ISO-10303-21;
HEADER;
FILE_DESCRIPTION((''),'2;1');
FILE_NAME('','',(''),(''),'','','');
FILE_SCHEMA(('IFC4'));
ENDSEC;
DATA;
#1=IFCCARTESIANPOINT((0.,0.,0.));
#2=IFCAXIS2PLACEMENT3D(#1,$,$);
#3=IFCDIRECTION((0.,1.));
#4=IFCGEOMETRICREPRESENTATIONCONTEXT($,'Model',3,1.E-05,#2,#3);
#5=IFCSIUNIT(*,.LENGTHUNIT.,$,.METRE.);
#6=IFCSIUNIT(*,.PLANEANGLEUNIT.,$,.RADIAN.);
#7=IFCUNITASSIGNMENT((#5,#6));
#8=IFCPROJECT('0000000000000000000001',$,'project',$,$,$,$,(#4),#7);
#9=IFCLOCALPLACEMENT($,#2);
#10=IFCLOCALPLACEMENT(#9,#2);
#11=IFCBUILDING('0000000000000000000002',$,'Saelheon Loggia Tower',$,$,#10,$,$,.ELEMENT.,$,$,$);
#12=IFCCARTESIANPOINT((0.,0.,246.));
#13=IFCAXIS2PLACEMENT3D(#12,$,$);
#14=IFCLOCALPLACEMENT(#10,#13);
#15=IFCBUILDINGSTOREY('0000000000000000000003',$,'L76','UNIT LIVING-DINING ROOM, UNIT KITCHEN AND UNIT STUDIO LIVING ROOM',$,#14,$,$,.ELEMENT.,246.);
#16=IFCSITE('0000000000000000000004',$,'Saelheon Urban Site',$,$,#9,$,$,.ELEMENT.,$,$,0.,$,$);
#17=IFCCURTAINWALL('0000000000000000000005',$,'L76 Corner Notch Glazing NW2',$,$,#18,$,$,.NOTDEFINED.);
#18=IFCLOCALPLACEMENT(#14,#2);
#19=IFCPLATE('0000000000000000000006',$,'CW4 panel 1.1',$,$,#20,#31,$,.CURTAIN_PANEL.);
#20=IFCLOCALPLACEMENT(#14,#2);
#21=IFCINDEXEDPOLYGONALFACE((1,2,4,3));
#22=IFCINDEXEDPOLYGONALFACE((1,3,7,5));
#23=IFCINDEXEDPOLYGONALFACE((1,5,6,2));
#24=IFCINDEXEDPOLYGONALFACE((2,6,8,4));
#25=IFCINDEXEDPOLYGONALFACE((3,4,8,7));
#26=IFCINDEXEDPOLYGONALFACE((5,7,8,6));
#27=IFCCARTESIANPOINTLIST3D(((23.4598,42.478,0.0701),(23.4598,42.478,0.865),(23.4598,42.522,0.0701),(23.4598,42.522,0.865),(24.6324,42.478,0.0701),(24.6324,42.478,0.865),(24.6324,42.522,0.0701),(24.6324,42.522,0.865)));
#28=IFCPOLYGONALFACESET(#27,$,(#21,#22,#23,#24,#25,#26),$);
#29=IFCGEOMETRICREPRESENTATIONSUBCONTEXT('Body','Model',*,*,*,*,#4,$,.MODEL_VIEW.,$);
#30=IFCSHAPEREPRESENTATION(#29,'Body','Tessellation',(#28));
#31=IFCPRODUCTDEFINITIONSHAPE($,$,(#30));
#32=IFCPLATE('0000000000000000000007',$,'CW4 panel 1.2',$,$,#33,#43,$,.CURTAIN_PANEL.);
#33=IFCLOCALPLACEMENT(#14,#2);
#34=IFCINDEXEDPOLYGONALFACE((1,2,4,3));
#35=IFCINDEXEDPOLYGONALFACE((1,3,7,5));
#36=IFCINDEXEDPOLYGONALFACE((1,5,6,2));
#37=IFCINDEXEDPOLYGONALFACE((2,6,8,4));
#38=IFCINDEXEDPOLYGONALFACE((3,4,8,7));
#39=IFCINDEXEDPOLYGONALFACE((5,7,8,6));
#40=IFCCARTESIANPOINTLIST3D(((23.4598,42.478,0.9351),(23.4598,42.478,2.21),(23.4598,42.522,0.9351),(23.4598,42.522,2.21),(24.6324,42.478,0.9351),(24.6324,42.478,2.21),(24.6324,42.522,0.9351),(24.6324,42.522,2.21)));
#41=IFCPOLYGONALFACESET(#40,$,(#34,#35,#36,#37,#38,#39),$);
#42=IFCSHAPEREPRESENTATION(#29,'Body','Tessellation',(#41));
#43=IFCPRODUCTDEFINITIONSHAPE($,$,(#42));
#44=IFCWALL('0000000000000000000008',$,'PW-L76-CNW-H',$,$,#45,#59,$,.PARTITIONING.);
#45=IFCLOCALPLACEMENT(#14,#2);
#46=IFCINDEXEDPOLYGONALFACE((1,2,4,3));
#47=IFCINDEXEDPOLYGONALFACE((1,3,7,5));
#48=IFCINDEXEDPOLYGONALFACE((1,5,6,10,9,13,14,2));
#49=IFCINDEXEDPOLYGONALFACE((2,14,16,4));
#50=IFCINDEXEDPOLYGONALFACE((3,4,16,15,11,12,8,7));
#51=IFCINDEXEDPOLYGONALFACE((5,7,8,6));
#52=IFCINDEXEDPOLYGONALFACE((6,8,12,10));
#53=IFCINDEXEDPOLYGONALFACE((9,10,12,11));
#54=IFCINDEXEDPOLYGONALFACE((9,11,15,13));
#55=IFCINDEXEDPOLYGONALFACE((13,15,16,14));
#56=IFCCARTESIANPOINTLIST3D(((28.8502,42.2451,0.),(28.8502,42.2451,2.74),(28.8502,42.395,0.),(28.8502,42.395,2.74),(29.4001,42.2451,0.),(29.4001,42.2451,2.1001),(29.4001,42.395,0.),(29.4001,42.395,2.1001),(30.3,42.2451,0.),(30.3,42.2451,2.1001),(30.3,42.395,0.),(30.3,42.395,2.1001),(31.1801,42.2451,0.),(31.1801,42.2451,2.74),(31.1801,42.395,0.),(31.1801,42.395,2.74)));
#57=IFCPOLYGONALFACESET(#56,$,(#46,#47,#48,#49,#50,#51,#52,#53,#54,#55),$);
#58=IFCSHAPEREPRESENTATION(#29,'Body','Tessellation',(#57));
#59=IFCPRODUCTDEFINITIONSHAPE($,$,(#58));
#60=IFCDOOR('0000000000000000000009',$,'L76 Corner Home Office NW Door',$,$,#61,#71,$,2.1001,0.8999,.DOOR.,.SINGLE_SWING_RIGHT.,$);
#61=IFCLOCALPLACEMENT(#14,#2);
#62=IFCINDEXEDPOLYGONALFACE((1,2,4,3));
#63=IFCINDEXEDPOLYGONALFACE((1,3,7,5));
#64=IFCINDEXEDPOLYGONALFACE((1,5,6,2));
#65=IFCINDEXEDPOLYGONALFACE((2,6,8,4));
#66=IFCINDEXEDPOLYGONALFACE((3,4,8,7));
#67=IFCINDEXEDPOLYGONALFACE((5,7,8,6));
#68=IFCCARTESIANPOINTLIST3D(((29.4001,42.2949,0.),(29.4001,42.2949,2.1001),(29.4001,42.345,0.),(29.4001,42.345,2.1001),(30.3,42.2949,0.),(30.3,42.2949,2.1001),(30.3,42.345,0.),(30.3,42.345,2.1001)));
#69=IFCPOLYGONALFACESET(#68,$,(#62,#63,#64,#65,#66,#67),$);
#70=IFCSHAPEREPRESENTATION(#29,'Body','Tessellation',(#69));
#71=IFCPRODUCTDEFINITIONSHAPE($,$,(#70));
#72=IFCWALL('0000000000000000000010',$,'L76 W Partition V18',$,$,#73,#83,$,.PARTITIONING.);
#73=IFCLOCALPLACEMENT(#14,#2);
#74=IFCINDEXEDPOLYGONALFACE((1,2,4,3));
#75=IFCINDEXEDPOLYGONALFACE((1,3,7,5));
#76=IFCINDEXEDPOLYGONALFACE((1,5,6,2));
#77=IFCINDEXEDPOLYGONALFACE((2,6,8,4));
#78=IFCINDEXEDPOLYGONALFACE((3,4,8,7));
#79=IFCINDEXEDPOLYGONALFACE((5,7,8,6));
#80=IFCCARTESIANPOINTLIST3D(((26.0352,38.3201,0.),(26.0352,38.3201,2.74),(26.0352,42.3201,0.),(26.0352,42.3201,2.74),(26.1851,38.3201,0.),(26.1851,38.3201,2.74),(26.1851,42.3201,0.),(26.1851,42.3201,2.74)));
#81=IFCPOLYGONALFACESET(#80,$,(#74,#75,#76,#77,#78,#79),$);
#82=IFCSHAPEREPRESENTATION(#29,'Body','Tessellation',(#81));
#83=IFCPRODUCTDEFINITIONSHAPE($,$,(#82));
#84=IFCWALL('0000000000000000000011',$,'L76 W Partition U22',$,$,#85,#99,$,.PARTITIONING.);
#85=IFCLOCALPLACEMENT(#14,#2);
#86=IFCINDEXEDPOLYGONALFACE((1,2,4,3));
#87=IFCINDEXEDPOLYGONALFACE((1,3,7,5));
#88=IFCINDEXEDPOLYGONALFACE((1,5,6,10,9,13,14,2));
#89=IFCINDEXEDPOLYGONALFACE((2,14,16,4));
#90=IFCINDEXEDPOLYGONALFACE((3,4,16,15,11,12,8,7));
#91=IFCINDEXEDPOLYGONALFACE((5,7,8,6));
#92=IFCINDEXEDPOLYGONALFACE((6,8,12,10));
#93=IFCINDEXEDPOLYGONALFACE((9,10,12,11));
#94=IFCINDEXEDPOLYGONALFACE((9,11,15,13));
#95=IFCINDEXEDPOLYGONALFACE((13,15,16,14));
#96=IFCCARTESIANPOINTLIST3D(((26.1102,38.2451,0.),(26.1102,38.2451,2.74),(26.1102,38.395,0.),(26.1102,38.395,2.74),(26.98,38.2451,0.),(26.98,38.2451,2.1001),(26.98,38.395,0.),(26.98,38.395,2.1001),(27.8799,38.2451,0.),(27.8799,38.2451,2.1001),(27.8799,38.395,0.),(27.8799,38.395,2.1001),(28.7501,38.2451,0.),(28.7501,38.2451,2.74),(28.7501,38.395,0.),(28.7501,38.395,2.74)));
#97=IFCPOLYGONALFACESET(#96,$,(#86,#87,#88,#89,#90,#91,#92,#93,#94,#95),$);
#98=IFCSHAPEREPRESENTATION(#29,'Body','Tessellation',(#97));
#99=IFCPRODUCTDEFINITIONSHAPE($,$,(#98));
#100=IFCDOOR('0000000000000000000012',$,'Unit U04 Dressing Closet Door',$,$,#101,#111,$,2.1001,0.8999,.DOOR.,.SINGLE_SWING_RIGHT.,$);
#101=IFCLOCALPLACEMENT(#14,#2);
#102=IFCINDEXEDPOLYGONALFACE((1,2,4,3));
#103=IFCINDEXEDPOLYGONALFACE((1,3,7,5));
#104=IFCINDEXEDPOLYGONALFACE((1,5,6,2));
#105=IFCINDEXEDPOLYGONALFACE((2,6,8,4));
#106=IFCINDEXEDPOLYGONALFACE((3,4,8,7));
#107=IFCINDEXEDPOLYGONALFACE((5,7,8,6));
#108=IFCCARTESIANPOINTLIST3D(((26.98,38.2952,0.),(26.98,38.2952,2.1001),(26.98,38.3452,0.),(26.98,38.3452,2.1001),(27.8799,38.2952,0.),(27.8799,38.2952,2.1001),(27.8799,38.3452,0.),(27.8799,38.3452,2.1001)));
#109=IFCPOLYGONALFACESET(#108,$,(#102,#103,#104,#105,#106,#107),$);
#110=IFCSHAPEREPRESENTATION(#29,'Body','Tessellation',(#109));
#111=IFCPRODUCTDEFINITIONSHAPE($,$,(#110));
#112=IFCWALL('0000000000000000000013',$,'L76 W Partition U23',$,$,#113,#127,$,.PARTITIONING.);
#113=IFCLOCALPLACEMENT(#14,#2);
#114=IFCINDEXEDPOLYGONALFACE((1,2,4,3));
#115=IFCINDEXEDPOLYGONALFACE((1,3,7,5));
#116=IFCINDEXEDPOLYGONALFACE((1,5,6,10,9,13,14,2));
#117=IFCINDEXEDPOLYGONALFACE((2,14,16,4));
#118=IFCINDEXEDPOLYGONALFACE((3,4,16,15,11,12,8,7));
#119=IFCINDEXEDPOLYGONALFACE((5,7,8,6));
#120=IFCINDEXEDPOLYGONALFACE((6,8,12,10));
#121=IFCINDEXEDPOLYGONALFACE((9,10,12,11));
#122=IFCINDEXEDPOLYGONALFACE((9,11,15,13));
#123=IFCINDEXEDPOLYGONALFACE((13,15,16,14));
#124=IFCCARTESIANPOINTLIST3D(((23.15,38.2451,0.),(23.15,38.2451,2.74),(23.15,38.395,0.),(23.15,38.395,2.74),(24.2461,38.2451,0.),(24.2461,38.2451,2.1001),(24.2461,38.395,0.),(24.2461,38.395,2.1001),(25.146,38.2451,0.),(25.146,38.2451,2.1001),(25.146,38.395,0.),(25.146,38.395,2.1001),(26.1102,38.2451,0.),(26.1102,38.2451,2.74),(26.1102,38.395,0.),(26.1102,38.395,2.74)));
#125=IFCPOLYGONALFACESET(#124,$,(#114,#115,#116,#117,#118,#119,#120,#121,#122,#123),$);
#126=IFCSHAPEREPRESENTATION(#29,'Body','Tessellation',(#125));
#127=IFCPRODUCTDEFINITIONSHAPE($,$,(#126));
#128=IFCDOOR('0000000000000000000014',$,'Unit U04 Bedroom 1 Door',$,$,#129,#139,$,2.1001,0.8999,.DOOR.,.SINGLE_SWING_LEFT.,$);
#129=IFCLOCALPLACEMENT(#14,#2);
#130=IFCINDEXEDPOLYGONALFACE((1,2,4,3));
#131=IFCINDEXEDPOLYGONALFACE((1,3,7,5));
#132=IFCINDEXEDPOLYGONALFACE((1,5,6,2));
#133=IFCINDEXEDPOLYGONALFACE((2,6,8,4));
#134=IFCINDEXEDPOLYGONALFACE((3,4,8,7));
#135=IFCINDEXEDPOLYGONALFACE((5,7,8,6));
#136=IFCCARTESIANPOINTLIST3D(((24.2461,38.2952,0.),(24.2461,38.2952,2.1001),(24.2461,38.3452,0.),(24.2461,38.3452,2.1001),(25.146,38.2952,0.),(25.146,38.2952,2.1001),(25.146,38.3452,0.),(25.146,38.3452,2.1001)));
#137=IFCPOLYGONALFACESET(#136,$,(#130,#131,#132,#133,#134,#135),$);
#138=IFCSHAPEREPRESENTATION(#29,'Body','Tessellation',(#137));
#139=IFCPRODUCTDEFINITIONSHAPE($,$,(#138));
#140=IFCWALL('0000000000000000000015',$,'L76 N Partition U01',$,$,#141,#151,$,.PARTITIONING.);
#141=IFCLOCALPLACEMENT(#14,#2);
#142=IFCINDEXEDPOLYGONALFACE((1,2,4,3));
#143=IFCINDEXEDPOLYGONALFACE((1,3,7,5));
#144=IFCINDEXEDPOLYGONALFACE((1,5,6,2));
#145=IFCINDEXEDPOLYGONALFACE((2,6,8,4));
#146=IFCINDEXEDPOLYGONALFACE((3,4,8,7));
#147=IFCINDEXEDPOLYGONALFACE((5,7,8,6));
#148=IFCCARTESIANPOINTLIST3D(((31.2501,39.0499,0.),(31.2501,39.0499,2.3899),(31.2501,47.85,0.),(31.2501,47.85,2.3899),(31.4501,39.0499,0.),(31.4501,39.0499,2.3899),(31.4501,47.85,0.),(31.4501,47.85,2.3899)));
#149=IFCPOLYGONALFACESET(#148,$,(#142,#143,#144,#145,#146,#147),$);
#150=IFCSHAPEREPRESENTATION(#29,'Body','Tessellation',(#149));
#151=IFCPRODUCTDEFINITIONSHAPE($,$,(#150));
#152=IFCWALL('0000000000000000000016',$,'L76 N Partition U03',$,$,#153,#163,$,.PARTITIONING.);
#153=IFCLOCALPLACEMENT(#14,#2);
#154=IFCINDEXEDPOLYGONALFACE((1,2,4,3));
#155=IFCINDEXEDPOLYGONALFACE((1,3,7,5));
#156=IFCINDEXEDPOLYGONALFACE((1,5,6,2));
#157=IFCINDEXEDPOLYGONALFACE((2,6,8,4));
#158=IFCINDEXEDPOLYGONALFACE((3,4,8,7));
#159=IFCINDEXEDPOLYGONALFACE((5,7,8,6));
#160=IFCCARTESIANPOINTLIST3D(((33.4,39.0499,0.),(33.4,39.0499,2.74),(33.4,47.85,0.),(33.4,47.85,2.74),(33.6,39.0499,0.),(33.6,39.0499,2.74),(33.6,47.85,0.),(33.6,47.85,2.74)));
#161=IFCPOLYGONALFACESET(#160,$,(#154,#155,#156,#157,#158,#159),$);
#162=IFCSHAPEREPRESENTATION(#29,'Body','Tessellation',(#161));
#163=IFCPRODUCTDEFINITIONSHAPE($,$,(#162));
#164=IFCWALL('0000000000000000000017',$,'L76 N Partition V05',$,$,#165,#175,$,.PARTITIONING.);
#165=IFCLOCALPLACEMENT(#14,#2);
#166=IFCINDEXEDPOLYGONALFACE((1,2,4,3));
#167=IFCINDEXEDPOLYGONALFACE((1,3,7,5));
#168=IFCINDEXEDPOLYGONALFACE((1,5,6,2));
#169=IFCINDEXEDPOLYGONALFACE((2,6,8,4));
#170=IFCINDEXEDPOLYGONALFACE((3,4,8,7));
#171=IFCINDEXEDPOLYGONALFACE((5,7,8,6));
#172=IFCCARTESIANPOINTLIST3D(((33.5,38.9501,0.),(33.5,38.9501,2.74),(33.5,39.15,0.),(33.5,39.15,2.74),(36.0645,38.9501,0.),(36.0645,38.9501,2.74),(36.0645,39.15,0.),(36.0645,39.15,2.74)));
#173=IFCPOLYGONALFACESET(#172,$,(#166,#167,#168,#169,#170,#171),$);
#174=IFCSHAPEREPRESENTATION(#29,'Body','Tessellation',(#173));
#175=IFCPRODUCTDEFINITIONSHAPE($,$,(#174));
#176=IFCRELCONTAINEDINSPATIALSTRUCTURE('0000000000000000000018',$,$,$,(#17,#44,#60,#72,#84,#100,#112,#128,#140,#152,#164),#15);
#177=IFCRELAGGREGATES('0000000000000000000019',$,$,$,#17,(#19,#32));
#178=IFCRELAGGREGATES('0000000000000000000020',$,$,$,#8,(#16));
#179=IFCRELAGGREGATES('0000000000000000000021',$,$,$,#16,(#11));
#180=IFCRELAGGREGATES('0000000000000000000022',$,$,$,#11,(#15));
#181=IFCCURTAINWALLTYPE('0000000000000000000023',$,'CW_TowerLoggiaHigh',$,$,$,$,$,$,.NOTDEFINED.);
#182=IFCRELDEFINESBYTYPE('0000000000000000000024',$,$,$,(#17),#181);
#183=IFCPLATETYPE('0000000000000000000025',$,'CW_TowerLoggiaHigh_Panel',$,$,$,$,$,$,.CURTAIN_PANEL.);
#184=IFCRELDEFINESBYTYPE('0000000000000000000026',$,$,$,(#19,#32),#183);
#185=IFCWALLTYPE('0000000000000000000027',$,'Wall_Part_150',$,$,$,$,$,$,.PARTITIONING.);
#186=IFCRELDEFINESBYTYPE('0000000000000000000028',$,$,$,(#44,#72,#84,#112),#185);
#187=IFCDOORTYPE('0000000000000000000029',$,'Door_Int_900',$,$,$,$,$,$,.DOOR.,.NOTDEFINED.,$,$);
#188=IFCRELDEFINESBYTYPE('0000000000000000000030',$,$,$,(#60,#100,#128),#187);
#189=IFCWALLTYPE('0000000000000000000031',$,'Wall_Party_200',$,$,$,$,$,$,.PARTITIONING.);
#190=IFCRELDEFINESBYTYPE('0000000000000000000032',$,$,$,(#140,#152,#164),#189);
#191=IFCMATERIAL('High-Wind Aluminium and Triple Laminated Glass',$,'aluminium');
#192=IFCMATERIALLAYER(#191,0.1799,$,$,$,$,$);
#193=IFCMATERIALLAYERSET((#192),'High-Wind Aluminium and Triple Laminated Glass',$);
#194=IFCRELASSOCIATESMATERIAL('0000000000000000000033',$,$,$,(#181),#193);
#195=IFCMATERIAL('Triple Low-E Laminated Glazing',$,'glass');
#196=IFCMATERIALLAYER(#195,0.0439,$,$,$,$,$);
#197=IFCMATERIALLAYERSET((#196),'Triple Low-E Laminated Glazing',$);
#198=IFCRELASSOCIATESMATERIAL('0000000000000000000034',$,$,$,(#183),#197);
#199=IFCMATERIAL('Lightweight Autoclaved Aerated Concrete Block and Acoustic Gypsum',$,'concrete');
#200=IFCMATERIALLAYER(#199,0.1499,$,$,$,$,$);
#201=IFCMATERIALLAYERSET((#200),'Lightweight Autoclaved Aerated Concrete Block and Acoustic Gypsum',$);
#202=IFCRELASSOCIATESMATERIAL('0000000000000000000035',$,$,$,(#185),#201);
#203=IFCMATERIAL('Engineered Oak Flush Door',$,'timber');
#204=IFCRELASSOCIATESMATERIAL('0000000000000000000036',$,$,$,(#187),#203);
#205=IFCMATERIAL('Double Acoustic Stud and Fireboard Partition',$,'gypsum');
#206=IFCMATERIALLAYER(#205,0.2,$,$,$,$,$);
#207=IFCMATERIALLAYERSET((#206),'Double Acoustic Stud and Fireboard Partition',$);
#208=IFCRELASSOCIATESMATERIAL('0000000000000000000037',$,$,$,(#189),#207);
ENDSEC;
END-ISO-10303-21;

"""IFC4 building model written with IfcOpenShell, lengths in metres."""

from ifc_helpers import new_model, si_unit, direction, frame, frame_2d, origin, origin_2d, place, context, subcontext, project, spatial, rectangle, extrude, source, transform, mapped, material, layer, layer_set, type_object, element, fill, aggregate, save


model = new_model("IFC4")

# Units and contexts
model_context = context("Model", 3, precision=1e-05, world=origin(), true_north=direction((0.0, 1.0)))
body_context = subcontext(model_context, "Body", "Model", "MODEL_VIEW")
ifc_project = project(units=[si_unit("LENGTHUNIT", "METRE"), si_unit("PLANEANGLEUNIT", "RADIAN")], contexts=[model_context])

# Site, building, storey
site_placement = place(None, origin())
site = spatial("IfcSite", under=ifc_project, at=site_placement, Name="Saelheon Urban Site", CompositionType="ELEMENT", RefElevation=0.0)
building_placement = place(site_placement, origin())
building = spatial("IfcBuilding", under=site, at=building_placement, Name="Saelheon Loggia Tower", CompositionType="ELEMENT")
storey_placement = place(building_placement, frame((0.0, 0.0, 246.0)))
storey = spatial("IfcBuildingStorey", under=building, at=storey_placement, Name="L76", Description="UNIT LIVING-DINING ROOM, UNIT KITCHEN AND UNIT STUDIO LIVING ROOM", CompositionType="ELEMENT", Elevation=246.0)

# Curtain wall, plates
ifc_material_1 = material(Name="High-Wind Aluminium and Triple Laminated Glass", Category="aluminium")
ifc_layer_1 = layer(ifc_material_1, 0.1799)
ifc_layer_set_1 = layer_set([ifc_layer_1], Name="High-Wind Aluminium and Triple Laminated Glass")
curtain_wall_type = type_object("IfcCurtainWallType", Name="CW_TowerLoggiaHigh", PredefinedType="NOTDEFINED", material=ifc_layer_set_1)
curtain_wall_placement = place(storey_placement, origin())
curtain_wall = element("IfcCurtainWall", 1, at=curtain_wall_placement, inside=storey, type_object=curtain_wall_type, Name="L76 Corner Notch Glazing NW2", PredefinedType="NOTDEFINED")
ifc_material_2 = material(Name="Triple Low-E Laminated Glazing", Category="glass")
ifc_layer_2 = layer(ifc_material_2, 0.0439)
ifc_layer_set_2 = layer_set([ifc_layer_2], Name="Triple Low-E Laminated Glazing")
plate_type = type_object("IfcPlateType", Name="CW_TowerLoggiaHigh_Panel", PredefinedType="CURTAIN_PANEL", material=ifc_layer_set_2)
shared_shape_1 = source(origin(), body_context, "Body", "SweptSolid", [
    extrude(rectangle(XDim=1.1726, YDim=0.0439, at=origin_2d()), origin(), (0.0, 0.0, 1.0), 0.7949),
])
plate_1_placement = place(storey_placement, frame((24.0461, 42.5, 0.0701), z_axis=(0.0, 0.0, 1.0), x_axis=(1.0, 0.0, 0.0)))
plate_1 = element("IfcPlate", 2, at=plate_1_placement, type_object=plate_type, Name="CW4 panel 1.1", PredefinedType="CURTAIN_PANEL", context=body_context, shape_type="MappedRepresentation", body=[
    mapped(shared_shape_1, transform((0.0, 0.0, 0.0), scale=1.0)),
])
shared_shape_2 = source(origin(), body_context, "Body", "SweptSolid", [
    extrude(rectangle(XDim=1.1726, YDim=0.0439, at=origin_2d()), origin(), (0.0, 0.0, 1.0), 1.2749),
])
plate_2_placement = place(storey_placement, frame((24.0461, 42.5, 0.9351), z_axis=(0.0, 0.0, 1.0), x_axis=(1.0, 0.0, 0.0)))
plate_2 = element("IfcPlate", 3, at=plate_2_placement, type_object=plate_type, Name="CW4 panel 1.2", PredefinedType="CURTAIN_PANEL", context=body_context, shape_type="MappedRepresentation", body=[
    mapped(shared_shape_2, transform((0.0, 0.0, 0.0), scale=1.0)),
])
aggregate(curtain_wall, [plate_1, plate_2])

# Wall, opening, door
ifc_material_3 = material(Name="Lightweight Autoclaved Aerated Concrete Block and Acoustic Gypsum", Category="concrete")
ifc_layer_3 = layer(ifc_material_3, 0.1499)
ifc_layer_set_3 = layer_set([ifc_layer_3], Name="Lightweight Autoclaved Aerated Concrete Block and Acoustic Gypsum")
wall_type_1 = type_object("IfcWallType", Name="Wall_Part_150", PredefinedType="PARTITIONING", material=ifc_layer_set_3)
wall_1_placement = place(storey_placement, frame((28.8501, 42.3201, 0.0), z_axis=(0.0, 0.0, 1.0), x_axis=(1.0, 0.0, 0.0)))
wall_1 = element("IfcWall", 4, at=wall_1_placement, inside=storey, type_object=wall_type_1, Name="PW-L76-CNW-H", PredefinedType="PARTITIONING", context=body_context, shape_type="SweptSolid", body=[
    extrude(rectangle(XDim=2.3298, YDim=0.1499, at=frame_2d((1.165, 0.0))), origin(), (0.0, 0.0, 1.0), 2.74),
])
opening_1_placement = place(wall_1_placement, frame((0.55, 0.0, 0.0)))
opening_1 = element("IfcOpeningElement", 5, at=opening_1_placement, cuts=wall_1, PredefinedType="OPENING", context=body_context, shape_type="SweptSolid", body=[
    extrude(rectangle(XDim=0.8999, YDim=2.1001, at=frame_2d((0.45, 1.05))), frame((0.0, 0.0869, 0.0), z_axis=(0.0, -1.0, 0.0), x_axis=(1.0, 0.0, 0.0)), (0.0, 0.0, 1.0), 0.1738),
])
ifc_material_4 = material(Name="Engineered Oak Flush Door", Category="timber")
door_type_1 = type_object("IfcDoorType", Name="Door_Int_900", OperationType="NOTDEFINED", PredefinedType="DOOR", material=ifc_material_4)
shared_shape_3 = source(origin(), body_context, "Body", "SweptSolid", [
    extrude(rectangle(XDim=0.8999, YDim=2.1001, at=frame_2d((0.45, 1.05))), frame((0.0, 0.0249, 0.0), z_axis=(0.0, -1.0, 0.0), x_axis=(1.0, 0.0, 0.0)), (0.0, 0.0, 1.0), 0.05),
])
door_1_placement = place(opening_1_placement, origin())
door_1 = element("IfcDoor", 6, at=door_1_placement, inside=storey, type_object=door_type_1, Name="L76 Corner Home Office NW Door", OperationType="SINGLE_SWING_RIGHT", OverallHeight=2.1001, OverallWidth=0.8999, PredefinedType="DOOR", context=body_context, shape_type="MappedRepresentation", body=[
    mapped(shared_shape_3, transform((0.0, 0.0, 0.0), scale=1.0)),
])
fill(opening_1, door_1)

# Wall
wall_2_placement = place(storey_placement, frame((26.1101, 38.3201, 0.0), z_axis=(0.0, 0.0, 1.0), x_axis=(0.0, 1.0, 0.0)))
element("IfcWall", 7, at=wall_2_placement, inside=storey, type_object=wall_type_1, Name="L76 W Partition V18", PredefinedType="PARTITIONING", context=body_context, shape_type="SweptSolid", body=[
    extrude(rectangle(XDim=4.0, YDim=0.1499, at=frame_2d((2.0, 0.0))), origin(), (0.0, 0.0, 1.0), 2.74),
])

# Walls, openings, doors
wall_3_placement = place(storey_placement, frame((28.75, 38.3201, 0.0), z_axis=(0.0, 0.0, 1.0), x_axis=(-1.0, 0.0, 0.0)))
wall_3 = element("IfcWall", 8, at=wall_3_placement, inside=storey, type_object=wall_type_1, Name="L76 W Partition U22", PredefinedType="PARTITIONING", context=body_context, shape_type="SweptSolid", body=[
    extrude(rectangle(XDim=2.6399, YDim=0.1499, at=frame_2d((1.3198, 0.0))), origin(), (0.0, 0.0, 1.0), 2.74),
])
opening_2_placement = place(wall_3_placement, frame((0.8701, 0.0, 0.0)))
opening_2 = element("IfcOpeningElement", 9, at=opening_2_placement, cuts=wall_3, PredefinedType="OPENING", context=body_context, shape_type="SweptSolid", body=[
    extrude(rectangle(XDim=0.8999, YDim=2.1001, at=frame_2d((0.45, 1.05))), frame((0.0, 0.0869, 0.0), z_axis=(0.0, -1.0, 0.0), x_axis=(1.0, 0.0, 0.0)), (0.0, 0.0, 1.0), 0.1738),
])
door_2_placement = place(opening_2_placement, origin())
door_2 = element("IfcDoor", 10, at=door_2_placement, inside=storey, type_object=door_type_1, Name="Unit U04 Dressing Closet Door", OperationType="SINGLE_SWING_RIGHT", OverallHeight=2.1001, OverallWidth=0.8999, PredefinedType="DOOR", context=body_context, shape_type="MappedRepresentation", body=[
    mapped(shared_shape_3, transform((0.0, 0.0, 0.0), scale=1.0)),
])
fill(opening_2, door_2)
wall_4_placement = place(storey_placement, frame((26.1101, 38.3201, 0.0), z_axis=(0.0, 0.0, 1.0), x_axis=(-1.0, 0.0, 0.0)))
wall_4 = element("IfcWall", 11, at=wall_4_placement, inside=storey, type_object=wall_type_1, Name="L76 W Partition U23", PredefinedType="PARTITIONING", context=body_context, shape_type="SweptSolid", body=[
    extrude(rectangle(XDim=2.9602, YDim=0.1499, at=frame_2d((1.48, 0.0))), origin(), (0.0, 0.0, 1.0), 2.74),
])
opening_3_placement = place(wall_4_placement, frame((0.9641, 0.0, 0.0)))
opening_3 = element("IfcOpeningElement", 12, at=opening_3_placement, cuts=wall_4, PredefinedType="OPENING", context=body_context, shape_type="SweptSolid", body=[
    extrude(rectangle(XDim=0.8999, YDim=2.1001, at=frame_2d((0.45, 1.05))), frame((0.0, 0.0869, 0.0), z_axis=(0.0, -1.0, 0.0), x_axis=(1.0, 0.0, 0.0)), (0.0, 0.0, 1.0), 0.1738),
])
door_3_placement = place(opening_3_placement, origin())
door_3 = element("IfcDoor", 13, at=door_3_placement, inside=storey, type_object=door_type_1, Name="Unit U04 Bedroom 1 Door", OperationType="SINGLE_SWING_LEFT", OverallHeight=2.1001, OverallWidth=0.8999, PredefinedType="DOOR", context=body_context, shape_type="MappedRepresentation", body=[
    mapped(shared_shape_3, transform((0.0, 0.0, 0.0), scale=1.0)),
])
fill(opening_3, door_3)

# Walls
ifc_material_5 = material(Name="Double Acoustic Stud and Fireboard Partition", Category="gypsum")
ifc_layer_4 = layer(ifc_material_5, 0.2)
ifc_layer_set_4 = layer_set([ifc_layer_4], Name="Double Acoustic Stud and Fireboard Partition")
wall_type_2 = type_object("IfcWallType", Name="Wall_Party_200", PredefinedType="PARTITIONING", material=ifc_layer_set_4)
wall_5_placement = place(storey_placement, frame((31.3501, 39.05, 0.0), z_axis=(0.0, 0.0, 1.0), x_axis=(0.0, 1.0, 0.0)))
element("IfcWall", 14, at=wall_5_placement, inside=storey, type_object=wall_type_2, Name="L76 N Partition U01", PredefinedType="PARTITIONING", context=body_context, shape_type="SweptSolid", body=[
    extrude(rectangle(XDim=8.8, YDim=0.2, at=frame_2d((4.3999, 0.0))), origin(), (0.0, 0.0, 1.0), 2.3899),
])
wall_6_placement = place(storey_placement, frame((33.5, 39.05, 0.0), z_axis=(0.0, 0.0, 1.0), x_axis=(0.0, 1.0, 0.0)))
element("IfcWall", 15, at=wall_6_placement, inside=storey, type_object=wall_type_2, Name="L76 N Partition U03", PredefinedType="PARTITIONING", context=body_context, shape_type="SweptSolid", body=[
    extrude(rectangle(XDim=8.8, YDim=0.2, at=frame_2d((4.3999, 0.0))), origin(), (0.0, 0.0, 1.0), 2.74),
])
wall_7_placement = place(storey_placement, frame((33.5, 39.05, 0.0), z_axis=(0.0, 0.0, 1.0), x_axis=(1.0, 0.0, 0.0)))
element("IfcWall", 16, at=wall_7_placement, inside=storey, type_object=wall_type_2, Name="L76 N Partition V05", PredefinedType="PARTITIONING", context=body_context, shape_type="SweptSolid", body=[
    extrude(rectangle(XDim=2.5645, YDim=0.2, at=frame_2d((1.2822, 0.0))), origin(), (0.0, 0.0, 1.0), 2.74),
])

save(model, "model.ifc")
